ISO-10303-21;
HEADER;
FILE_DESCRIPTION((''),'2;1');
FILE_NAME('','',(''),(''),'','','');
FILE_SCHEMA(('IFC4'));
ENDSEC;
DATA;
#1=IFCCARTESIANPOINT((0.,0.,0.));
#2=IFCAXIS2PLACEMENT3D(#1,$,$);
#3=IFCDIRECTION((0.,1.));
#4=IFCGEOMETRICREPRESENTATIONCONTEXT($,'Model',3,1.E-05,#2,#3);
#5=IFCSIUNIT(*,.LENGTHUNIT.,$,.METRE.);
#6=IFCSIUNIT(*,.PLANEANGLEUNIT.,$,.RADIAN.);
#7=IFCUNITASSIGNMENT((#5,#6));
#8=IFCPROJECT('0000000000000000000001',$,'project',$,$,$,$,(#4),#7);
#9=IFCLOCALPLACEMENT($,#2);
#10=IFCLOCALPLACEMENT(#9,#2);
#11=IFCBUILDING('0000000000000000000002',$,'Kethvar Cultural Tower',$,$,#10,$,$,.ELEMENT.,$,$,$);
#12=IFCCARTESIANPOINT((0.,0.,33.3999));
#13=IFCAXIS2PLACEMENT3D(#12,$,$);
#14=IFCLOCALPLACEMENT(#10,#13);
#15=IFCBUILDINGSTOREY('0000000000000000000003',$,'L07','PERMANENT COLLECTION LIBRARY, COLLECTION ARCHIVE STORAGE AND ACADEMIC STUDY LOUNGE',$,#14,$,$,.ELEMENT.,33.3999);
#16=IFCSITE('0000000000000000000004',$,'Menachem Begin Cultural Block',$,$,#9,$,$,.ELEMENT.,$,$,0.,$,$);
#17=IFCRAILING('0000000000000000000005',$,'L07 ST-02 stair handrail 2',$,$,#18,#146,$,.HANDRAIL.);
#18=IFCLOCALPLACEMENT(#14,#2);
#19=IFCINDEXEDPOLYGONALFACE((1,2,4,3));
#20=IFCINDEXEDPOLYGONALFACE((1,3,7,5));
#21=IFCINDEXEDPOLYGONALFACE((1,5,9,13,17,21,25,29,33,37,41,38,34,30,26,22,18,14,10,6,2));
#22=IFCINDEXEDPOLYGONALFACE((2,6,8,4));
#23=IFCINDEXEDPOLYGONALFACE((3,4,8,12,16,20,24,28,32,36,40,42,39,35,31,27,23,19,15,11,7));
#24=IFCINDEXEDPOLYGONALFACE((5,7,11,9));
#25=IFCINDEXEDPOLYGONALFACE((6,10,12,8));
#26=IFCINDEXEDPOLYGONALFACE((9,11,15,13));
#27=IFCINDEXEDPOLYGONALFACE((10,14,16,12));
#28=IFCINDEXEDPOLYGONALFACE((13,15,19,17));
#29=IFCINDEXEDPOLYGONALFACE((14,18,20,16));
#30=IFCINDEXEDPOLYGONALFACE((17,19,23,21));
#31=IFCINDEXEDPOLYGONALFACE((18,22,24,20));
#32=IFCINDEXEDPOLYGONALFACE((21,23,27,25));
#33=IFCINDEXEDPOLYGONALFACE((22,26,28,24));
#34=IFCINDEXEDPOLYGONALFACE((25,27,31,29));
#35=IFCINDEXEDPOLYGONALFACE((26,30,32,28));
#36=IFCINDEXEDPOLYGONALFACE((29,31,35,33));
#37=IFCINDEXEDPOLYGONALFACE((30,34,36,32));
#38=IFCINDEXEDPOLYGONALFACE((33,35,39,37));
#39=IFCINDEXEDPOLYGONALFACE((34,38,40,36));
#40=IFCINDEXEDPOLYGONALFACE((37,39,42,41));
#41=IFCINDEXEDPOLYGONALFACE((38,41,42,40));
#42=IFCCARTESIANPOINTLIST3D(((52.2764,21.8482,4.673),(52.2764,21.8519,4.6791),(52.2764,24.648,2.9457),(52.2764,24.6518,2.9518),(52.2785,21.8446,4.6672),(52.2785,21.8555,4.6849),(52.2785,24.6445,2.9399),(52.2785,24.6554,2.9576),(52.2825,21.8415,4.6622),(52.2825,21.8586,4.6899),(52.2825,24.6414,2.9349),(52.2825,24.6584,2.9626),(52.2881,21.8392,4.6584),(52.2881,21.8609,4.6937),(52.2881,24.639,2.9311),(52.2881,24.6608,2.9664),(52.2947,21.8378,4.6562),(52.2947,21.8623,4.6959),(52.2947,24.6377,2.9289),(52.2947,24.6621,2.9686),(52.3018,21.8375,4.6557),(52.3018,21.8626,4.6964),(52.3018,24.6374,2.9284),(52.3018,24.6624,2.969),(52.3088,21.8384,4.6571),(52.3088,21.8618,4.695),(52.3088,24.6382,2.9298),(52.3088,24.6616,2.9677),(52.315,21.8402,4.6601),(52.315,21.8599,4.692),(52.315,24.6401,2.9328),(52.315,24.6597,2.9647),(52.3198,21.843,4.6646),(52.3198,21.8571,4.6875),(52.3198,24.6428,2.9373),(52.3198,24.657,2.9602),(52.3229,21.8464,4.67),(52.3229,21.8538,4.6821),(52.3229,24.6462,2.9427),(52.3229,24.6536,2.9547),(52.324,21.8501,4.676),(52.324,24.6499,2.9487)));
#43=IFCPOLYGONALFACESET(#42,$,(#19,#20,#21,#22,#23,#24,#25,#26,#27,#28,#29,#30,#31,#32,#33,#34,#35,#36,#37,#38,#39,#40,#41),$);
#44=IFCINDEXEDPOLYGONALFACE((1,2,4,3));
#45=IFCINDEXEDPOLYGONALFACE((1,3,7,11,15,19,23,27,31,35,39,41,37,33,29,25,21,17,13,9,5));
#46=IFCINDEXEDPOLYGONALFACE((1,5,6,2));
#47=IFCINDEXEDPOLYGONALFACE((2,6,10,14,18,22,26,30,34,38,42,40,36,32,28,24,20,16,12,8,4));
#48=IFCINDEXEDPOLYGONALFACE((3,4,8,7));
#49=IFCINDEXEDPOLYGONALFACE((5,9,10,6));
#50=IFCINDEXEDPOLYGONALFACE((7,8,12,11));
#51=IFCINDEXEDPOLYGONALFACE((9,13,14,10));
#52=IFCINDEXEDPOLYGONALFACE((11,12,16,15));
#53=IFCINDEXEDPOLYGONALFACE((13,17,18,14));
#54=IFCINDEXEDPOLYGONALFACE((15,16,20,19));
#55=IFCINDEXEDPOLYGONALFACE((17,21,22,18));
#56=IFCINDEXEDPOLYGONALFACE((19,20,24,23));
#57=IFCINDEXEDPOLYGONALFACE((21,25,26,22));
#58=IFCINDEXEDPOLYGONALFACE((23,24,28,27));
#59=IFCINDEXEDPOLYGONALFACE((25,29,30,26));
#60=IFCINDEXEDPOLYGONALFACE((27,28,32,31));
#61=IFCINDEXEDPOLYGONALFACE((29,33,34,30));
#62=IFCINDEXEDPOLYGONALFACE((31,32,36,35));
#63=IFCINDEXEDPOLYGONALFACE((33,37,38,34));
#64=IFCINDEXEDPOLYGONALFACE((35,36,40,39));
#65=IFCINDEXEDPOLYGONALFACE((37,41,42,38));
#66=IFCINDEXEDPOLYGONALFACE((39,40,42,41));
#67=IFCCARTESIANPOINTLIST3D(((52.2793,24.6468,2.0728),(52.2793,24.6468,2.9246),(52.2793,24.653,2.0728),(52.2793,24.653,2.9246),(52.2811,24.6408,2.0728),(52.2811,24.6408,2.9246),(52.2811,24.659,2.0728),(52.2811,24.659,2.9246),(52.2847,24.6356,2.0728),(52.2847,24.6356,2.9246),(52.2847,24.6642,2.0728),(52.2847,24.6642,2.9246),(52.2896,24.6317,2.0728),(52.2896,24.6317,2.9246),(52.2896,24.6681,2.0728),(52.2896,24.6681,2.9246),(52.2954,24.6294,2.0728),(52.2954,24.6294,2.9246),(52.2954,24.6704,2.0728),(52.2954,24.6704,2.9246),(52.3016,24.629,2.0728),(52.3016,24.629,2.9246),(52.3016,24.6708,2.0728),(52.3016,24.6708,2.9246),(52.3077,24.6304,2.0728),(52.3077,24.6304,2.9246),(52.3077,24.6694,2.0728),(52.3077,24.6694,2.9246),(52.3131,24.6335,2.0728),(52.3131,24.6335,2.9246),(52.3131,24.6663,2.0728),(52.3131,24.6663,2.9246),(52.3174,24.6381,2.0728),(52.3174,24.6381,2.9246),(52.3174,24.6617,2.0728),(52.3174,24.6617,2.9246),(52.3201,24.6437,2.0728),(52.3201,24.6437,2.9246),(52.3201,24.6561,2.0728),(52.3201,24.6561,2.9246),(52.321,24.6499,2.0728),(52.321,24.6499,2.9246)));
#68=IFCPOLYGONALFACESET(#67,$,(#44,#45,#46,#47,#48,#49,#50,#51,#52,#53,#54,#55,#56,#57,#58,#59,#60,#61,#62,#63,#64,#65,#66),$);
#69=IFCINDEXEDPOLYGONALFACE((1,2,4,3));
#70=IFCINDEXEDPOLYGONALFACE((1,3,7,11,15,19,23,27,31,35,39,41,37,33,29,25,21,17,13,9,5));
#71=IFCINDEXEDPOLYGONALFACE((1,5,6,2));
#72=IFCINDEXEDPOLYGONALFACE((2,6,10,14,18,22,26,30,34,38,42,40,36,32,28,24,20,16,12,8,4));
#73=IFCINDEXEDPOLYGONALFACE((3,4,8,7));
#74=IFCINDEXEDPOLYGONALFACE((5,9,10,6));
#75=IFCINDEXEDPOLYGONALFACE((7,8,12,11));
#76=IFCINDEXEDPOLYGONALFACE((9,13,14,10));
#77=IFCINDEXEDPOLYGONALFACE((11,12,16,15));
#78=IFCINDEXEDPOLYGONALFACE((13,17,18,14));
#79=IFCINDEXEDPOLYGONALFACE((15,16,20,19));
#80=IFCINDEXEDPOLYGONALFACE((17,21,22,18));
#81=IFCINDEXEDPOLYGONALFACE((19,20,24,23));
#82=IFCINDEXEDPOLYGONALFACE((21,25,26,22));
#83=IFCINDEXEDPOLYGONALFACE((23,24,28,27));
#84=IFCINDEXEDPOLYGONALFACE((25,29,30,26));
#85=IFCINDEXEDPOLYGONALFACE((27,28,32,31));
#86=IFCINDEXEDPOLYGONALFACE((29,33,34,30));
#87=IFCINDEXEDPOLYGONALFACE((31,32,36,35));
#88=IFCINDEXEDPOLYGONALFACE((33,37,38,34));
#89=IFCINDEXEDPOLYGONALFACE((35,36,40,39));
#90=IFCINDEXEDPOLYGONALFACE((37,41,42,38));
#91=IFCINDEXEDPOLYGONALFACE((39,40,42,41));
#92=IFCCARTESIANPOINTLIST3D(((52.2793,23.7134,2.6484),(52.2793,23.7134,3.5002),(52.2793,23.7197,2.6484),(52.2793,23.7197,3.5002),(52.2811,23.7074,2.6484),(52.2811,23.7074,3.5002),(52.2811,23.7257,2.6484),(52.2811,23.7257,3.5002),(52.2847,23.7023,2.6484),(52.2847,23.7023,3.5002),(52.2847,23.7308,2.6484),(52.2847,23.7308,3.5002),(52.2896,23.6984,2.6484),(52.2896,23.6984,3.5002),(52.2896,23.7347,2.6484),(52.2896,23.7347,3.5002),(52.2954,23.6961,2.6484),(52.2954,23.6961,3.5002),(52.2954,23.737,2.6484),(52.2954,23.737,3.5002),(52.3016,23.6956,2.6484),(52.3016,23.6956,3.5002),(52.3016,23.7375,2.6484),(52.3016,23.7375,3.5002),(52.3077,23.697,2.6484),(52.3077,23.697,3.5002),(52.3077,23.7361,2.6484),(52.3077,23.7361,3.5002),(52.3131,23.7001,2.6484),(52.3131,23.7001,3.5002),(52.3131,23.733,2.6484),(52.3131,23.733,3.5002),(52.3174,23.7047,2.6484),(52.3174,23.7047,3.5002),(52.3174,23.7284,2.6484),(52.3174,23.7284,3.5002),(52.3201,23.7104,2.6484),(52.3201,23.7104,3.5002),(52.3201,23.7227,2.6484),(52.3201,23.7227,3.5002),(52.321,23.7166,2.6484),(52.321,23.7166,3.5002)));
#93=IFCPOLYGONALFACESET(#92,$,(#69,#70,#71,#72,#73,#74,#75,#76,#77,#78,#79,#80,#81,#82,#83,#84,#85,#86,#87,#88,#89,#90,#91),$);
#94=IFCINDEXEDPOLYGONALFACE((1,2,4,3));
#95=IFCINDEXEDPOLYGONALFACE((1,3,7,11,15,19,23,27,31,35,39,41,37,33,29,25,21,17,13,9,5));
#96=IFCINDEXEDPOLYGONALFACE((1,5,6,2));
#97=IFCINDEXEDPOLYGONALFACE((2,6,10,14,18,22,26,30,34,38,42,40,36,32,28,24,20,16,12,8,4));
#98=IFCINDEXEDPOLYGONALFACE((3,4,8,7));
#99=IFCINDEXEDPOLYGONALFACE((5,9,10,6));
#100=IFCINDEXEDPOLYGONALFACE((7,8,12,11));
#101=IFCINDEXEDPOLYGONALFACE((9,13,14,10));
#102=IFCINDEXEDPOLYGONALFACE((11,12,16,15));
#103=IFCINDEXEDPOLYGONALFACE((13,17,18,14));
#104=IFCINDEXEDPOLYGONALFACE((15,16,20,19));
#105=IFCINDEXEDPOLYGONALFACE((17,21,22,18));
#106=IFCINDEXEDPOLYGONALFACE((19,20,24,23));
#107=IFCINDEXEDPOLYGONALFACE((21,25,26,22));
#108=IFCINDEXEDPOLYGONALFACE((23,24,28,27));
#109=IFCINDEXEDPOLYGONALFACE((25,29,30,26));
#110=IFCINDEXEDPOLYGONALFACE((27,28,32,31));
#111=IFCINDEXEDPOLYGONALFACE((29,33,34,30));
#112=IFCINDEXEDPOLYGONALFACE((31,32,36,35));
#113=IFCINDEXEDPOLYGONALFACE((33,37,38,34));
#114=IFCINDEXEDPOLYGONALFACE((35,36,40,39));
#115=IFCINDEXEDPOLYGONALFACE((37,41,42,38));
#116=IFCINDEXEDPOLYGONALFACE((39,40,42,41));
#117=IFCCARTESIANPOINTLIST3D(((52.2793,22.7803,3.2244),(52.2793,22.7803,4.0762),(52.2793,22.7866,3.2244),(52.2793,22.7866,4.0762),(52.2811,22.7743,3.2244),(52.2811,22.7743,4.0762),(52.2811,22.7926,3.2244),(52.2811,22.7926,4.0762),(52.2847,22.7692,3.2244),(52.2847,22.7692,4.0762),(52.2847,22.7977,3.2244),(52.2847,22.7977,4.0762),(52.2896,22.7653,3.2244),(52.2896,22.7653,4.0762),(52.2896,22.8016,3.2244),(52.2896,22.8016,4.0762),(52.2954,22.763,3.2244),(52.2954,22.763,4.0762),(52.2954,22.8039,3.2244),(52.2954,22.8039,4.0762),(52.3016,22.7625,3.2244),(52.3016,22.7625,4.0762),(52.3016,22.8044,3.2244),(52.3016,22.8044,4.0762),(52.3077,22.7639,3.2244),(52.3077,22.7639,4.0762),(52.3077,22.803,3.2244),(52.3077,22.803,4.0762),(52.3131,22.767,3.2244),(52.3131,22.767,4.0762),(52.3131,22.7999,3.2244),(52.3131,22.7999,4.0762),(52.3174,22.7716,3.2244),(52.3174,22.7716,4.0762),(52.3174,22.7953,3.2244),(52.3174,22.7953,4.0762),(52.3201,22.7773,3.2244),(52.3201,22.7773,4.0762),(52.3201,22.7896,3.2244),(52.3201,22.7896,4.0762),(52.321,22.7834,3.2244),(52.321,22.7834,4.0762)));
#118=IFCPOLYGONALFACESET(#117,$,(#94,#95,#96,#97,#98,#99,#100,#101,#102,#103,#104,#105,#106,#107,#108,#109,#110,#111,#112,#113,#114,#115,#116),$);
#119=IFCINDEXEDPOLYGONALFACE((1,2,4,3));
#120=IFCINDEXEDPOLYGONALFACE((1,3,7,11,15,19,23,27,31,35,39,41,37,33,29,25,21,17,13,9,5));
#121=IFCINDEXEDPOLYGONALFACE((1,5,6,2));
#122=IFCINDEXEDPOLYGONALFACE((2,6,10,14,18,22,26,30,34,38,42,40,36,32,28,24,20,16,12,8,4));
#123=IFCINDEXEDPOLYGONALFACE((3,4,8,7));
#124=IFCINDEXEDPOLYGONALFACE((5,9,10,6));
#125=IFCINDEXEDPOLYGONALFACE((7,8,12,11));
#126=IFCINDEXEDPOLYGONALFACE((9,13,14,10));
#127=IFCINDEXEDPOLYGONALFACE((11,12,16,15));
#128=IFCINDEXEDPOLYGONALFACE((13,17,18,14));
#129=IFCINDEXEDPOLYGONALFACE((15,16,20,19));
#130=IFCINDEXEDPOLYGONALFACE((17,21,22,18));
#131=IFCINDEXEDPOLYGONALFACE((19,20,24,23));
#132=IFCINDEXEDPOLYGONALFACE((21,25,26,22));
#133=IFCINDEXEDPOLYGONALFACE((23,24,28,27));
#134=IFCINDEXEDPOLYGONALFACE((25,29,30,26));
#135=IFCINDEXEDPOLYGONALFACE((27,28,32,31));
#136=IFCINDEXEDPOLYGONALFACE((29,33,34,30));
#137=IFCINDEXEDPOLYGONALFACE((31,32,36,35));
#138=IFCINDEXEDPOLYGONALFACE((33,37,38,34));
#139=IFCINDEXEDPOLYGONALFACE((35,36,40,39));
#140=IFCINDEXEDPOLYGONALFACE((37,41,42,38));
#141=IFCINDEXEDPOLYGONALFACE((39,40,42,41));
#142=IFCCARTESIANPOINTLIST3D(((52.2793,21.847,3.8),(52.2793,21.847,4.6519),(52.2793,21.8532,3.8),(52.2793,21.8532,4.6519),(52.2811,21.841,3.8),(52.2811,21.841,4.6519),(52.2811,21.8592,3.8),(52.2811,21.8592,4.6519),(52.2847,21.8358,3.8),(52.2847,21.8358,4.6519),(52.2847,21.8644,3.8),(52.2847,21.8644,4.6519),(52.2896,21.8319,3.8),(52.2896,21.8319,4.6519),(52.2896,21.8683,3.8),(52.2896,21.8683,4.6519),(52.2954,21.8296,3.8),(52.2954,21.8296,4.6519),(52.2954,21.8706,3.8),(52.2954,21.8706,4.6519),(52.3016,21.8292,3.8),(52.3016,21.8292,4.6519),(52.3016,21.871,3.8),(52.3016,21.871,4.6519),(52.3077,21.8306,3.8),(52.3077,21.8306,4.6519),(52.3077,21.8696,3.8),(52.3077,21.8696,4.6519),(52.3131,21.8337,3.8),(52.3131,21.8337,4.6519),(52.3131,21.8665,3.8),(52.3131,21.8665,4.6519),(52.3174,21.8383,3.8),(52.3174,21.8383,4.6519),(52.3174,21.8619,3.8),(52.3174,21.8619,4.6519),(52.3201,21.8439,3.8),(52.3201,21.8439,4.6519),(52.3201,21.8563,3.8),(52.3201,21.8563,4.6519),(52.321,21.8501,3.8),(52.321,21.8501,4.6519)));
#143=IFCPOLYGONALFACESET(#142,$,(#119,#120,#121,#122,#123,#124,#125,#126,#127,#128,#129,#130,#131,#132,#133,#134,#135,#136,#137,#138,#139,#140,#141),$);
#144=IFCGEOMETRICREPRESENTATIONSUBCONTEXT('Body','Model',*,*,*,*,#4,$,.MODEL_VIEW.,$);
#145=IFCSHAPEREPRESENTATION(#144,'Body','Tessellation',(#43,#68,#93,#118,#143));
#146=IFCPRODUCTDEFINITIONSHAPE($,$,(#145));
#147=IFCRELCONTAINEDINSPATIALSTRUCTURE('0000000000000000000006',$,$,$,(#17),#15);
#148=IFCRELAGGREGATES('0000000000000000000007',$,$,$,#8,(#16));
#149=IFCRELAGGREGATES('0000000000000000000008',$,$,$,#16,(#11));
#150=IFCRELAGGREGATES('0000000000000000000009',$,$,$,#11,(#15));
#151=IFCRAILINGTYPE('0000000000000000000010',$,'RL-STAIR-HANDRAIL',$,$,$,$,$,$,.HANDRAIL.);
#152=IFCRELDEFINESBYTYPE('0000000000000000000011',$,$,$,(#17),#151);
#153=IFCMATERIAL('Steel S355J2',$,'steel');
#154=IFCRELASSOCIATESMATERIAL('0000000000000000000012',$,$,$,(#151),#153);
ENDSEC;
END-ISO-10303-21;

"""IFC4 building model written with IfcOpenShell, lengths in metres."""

from ifc_helpers import new_model, si_unit, direction, frame, origin, origin_2d, place, context, subcontext, project, spatial, circle, extrude, material, type_object, element, save


model = new_model("IFC4")

# Units and contexts
model_context = context("Model", 3, precision=1e-05, world=origin(), true_north=direction((0.0, 1.0)))
body_context = subcontext(model_context, "Body", "Model", "MODEL_VIEW")
ifc_project = project(units=[si_unit("LENGTHUNIT", "METRE"), si_unit("PLANEANGLEUNIT", "RADIAN")], contexts=[model_context])

# Site, building, storey
site_placement = place(None, origin())
site = spatial("IfcSite", under=ifc_project, at=site_placement, Name="Menachem Begin Cultural Block", CompositionType="ELEMENT", RefElevation=0.0)
building_placement = place(site_placement, origin())
building = spatial("IfcBuilding", under=site, at=building_placement, Name="Kethvar Cultural Tower", CompositionType="ELEMENT")
storey_placement = place(building_placement, frame((0.0, 0.0, 33.3999)))
storey = spatial("IfcBuildingStorey", under=building, at=storey_placement, Name="L07", Description="PERMANENT COLLECTION LIBRARY, COLLECTION ARCHIVE STORAGE AND ACADEMIC STUDY LOUNGE", CompositionType="ELEMENT", Elevation=33.3999)

# Shared definitions
ifc_material_1 = material(Name="Steel S355J2", Category="steel")

# Railing
railing_type_1 = type_object("IfcRailingType", Name="RL-STAIR-HANDRAIL", PredefinedType="HANDRAIL", material=ifc_material_1)
railing_1_placement = place(storey_placement, frame((52.3, 24.6499, 2.0728)))
element("IfcRailing", 1, at=railing_1_placement, inside=storey, type_object=railing_type_1, Name="L07 ST-02 stair handrail 2", PredefinedType="HANDRAIL", context=body_context, shape_type="SweptSolid", body=[
    extrude(circle(Radius=0.0239, at=origin_2d()), frame((0.0, 0.0, 0.876), z_axis=(0.0, -0.851069, 0.525054), x_axis=(1.0, 0.0, 0.0)), (0.0, 0.0, 1.0), 3.2898),
    extrude(circle(Radius=0.021, at=origin_2d()), origin(), (0.0, 0.0, 1.0), 0.8518),
    extrude(circle(Radius=0.021, at=origin_2d()), frame((0.0, -0.9333, 0.5757)), (0.0, 0.0, 1.0), 0.8518),
    extrude(circle(Radius=0.021, at=origin_2d()), frame((0.0, -1.8665, 1.1516)), (0.0, 0.0, 1.0), 0.8518),
    extrude(circle(Radius=0.021, at=origin_2d()), frame((0.0, -2.7998, 1.7273)), (0.0, 0.0, 1.0), 0.8518),
])

save(model, "model.ifc")
